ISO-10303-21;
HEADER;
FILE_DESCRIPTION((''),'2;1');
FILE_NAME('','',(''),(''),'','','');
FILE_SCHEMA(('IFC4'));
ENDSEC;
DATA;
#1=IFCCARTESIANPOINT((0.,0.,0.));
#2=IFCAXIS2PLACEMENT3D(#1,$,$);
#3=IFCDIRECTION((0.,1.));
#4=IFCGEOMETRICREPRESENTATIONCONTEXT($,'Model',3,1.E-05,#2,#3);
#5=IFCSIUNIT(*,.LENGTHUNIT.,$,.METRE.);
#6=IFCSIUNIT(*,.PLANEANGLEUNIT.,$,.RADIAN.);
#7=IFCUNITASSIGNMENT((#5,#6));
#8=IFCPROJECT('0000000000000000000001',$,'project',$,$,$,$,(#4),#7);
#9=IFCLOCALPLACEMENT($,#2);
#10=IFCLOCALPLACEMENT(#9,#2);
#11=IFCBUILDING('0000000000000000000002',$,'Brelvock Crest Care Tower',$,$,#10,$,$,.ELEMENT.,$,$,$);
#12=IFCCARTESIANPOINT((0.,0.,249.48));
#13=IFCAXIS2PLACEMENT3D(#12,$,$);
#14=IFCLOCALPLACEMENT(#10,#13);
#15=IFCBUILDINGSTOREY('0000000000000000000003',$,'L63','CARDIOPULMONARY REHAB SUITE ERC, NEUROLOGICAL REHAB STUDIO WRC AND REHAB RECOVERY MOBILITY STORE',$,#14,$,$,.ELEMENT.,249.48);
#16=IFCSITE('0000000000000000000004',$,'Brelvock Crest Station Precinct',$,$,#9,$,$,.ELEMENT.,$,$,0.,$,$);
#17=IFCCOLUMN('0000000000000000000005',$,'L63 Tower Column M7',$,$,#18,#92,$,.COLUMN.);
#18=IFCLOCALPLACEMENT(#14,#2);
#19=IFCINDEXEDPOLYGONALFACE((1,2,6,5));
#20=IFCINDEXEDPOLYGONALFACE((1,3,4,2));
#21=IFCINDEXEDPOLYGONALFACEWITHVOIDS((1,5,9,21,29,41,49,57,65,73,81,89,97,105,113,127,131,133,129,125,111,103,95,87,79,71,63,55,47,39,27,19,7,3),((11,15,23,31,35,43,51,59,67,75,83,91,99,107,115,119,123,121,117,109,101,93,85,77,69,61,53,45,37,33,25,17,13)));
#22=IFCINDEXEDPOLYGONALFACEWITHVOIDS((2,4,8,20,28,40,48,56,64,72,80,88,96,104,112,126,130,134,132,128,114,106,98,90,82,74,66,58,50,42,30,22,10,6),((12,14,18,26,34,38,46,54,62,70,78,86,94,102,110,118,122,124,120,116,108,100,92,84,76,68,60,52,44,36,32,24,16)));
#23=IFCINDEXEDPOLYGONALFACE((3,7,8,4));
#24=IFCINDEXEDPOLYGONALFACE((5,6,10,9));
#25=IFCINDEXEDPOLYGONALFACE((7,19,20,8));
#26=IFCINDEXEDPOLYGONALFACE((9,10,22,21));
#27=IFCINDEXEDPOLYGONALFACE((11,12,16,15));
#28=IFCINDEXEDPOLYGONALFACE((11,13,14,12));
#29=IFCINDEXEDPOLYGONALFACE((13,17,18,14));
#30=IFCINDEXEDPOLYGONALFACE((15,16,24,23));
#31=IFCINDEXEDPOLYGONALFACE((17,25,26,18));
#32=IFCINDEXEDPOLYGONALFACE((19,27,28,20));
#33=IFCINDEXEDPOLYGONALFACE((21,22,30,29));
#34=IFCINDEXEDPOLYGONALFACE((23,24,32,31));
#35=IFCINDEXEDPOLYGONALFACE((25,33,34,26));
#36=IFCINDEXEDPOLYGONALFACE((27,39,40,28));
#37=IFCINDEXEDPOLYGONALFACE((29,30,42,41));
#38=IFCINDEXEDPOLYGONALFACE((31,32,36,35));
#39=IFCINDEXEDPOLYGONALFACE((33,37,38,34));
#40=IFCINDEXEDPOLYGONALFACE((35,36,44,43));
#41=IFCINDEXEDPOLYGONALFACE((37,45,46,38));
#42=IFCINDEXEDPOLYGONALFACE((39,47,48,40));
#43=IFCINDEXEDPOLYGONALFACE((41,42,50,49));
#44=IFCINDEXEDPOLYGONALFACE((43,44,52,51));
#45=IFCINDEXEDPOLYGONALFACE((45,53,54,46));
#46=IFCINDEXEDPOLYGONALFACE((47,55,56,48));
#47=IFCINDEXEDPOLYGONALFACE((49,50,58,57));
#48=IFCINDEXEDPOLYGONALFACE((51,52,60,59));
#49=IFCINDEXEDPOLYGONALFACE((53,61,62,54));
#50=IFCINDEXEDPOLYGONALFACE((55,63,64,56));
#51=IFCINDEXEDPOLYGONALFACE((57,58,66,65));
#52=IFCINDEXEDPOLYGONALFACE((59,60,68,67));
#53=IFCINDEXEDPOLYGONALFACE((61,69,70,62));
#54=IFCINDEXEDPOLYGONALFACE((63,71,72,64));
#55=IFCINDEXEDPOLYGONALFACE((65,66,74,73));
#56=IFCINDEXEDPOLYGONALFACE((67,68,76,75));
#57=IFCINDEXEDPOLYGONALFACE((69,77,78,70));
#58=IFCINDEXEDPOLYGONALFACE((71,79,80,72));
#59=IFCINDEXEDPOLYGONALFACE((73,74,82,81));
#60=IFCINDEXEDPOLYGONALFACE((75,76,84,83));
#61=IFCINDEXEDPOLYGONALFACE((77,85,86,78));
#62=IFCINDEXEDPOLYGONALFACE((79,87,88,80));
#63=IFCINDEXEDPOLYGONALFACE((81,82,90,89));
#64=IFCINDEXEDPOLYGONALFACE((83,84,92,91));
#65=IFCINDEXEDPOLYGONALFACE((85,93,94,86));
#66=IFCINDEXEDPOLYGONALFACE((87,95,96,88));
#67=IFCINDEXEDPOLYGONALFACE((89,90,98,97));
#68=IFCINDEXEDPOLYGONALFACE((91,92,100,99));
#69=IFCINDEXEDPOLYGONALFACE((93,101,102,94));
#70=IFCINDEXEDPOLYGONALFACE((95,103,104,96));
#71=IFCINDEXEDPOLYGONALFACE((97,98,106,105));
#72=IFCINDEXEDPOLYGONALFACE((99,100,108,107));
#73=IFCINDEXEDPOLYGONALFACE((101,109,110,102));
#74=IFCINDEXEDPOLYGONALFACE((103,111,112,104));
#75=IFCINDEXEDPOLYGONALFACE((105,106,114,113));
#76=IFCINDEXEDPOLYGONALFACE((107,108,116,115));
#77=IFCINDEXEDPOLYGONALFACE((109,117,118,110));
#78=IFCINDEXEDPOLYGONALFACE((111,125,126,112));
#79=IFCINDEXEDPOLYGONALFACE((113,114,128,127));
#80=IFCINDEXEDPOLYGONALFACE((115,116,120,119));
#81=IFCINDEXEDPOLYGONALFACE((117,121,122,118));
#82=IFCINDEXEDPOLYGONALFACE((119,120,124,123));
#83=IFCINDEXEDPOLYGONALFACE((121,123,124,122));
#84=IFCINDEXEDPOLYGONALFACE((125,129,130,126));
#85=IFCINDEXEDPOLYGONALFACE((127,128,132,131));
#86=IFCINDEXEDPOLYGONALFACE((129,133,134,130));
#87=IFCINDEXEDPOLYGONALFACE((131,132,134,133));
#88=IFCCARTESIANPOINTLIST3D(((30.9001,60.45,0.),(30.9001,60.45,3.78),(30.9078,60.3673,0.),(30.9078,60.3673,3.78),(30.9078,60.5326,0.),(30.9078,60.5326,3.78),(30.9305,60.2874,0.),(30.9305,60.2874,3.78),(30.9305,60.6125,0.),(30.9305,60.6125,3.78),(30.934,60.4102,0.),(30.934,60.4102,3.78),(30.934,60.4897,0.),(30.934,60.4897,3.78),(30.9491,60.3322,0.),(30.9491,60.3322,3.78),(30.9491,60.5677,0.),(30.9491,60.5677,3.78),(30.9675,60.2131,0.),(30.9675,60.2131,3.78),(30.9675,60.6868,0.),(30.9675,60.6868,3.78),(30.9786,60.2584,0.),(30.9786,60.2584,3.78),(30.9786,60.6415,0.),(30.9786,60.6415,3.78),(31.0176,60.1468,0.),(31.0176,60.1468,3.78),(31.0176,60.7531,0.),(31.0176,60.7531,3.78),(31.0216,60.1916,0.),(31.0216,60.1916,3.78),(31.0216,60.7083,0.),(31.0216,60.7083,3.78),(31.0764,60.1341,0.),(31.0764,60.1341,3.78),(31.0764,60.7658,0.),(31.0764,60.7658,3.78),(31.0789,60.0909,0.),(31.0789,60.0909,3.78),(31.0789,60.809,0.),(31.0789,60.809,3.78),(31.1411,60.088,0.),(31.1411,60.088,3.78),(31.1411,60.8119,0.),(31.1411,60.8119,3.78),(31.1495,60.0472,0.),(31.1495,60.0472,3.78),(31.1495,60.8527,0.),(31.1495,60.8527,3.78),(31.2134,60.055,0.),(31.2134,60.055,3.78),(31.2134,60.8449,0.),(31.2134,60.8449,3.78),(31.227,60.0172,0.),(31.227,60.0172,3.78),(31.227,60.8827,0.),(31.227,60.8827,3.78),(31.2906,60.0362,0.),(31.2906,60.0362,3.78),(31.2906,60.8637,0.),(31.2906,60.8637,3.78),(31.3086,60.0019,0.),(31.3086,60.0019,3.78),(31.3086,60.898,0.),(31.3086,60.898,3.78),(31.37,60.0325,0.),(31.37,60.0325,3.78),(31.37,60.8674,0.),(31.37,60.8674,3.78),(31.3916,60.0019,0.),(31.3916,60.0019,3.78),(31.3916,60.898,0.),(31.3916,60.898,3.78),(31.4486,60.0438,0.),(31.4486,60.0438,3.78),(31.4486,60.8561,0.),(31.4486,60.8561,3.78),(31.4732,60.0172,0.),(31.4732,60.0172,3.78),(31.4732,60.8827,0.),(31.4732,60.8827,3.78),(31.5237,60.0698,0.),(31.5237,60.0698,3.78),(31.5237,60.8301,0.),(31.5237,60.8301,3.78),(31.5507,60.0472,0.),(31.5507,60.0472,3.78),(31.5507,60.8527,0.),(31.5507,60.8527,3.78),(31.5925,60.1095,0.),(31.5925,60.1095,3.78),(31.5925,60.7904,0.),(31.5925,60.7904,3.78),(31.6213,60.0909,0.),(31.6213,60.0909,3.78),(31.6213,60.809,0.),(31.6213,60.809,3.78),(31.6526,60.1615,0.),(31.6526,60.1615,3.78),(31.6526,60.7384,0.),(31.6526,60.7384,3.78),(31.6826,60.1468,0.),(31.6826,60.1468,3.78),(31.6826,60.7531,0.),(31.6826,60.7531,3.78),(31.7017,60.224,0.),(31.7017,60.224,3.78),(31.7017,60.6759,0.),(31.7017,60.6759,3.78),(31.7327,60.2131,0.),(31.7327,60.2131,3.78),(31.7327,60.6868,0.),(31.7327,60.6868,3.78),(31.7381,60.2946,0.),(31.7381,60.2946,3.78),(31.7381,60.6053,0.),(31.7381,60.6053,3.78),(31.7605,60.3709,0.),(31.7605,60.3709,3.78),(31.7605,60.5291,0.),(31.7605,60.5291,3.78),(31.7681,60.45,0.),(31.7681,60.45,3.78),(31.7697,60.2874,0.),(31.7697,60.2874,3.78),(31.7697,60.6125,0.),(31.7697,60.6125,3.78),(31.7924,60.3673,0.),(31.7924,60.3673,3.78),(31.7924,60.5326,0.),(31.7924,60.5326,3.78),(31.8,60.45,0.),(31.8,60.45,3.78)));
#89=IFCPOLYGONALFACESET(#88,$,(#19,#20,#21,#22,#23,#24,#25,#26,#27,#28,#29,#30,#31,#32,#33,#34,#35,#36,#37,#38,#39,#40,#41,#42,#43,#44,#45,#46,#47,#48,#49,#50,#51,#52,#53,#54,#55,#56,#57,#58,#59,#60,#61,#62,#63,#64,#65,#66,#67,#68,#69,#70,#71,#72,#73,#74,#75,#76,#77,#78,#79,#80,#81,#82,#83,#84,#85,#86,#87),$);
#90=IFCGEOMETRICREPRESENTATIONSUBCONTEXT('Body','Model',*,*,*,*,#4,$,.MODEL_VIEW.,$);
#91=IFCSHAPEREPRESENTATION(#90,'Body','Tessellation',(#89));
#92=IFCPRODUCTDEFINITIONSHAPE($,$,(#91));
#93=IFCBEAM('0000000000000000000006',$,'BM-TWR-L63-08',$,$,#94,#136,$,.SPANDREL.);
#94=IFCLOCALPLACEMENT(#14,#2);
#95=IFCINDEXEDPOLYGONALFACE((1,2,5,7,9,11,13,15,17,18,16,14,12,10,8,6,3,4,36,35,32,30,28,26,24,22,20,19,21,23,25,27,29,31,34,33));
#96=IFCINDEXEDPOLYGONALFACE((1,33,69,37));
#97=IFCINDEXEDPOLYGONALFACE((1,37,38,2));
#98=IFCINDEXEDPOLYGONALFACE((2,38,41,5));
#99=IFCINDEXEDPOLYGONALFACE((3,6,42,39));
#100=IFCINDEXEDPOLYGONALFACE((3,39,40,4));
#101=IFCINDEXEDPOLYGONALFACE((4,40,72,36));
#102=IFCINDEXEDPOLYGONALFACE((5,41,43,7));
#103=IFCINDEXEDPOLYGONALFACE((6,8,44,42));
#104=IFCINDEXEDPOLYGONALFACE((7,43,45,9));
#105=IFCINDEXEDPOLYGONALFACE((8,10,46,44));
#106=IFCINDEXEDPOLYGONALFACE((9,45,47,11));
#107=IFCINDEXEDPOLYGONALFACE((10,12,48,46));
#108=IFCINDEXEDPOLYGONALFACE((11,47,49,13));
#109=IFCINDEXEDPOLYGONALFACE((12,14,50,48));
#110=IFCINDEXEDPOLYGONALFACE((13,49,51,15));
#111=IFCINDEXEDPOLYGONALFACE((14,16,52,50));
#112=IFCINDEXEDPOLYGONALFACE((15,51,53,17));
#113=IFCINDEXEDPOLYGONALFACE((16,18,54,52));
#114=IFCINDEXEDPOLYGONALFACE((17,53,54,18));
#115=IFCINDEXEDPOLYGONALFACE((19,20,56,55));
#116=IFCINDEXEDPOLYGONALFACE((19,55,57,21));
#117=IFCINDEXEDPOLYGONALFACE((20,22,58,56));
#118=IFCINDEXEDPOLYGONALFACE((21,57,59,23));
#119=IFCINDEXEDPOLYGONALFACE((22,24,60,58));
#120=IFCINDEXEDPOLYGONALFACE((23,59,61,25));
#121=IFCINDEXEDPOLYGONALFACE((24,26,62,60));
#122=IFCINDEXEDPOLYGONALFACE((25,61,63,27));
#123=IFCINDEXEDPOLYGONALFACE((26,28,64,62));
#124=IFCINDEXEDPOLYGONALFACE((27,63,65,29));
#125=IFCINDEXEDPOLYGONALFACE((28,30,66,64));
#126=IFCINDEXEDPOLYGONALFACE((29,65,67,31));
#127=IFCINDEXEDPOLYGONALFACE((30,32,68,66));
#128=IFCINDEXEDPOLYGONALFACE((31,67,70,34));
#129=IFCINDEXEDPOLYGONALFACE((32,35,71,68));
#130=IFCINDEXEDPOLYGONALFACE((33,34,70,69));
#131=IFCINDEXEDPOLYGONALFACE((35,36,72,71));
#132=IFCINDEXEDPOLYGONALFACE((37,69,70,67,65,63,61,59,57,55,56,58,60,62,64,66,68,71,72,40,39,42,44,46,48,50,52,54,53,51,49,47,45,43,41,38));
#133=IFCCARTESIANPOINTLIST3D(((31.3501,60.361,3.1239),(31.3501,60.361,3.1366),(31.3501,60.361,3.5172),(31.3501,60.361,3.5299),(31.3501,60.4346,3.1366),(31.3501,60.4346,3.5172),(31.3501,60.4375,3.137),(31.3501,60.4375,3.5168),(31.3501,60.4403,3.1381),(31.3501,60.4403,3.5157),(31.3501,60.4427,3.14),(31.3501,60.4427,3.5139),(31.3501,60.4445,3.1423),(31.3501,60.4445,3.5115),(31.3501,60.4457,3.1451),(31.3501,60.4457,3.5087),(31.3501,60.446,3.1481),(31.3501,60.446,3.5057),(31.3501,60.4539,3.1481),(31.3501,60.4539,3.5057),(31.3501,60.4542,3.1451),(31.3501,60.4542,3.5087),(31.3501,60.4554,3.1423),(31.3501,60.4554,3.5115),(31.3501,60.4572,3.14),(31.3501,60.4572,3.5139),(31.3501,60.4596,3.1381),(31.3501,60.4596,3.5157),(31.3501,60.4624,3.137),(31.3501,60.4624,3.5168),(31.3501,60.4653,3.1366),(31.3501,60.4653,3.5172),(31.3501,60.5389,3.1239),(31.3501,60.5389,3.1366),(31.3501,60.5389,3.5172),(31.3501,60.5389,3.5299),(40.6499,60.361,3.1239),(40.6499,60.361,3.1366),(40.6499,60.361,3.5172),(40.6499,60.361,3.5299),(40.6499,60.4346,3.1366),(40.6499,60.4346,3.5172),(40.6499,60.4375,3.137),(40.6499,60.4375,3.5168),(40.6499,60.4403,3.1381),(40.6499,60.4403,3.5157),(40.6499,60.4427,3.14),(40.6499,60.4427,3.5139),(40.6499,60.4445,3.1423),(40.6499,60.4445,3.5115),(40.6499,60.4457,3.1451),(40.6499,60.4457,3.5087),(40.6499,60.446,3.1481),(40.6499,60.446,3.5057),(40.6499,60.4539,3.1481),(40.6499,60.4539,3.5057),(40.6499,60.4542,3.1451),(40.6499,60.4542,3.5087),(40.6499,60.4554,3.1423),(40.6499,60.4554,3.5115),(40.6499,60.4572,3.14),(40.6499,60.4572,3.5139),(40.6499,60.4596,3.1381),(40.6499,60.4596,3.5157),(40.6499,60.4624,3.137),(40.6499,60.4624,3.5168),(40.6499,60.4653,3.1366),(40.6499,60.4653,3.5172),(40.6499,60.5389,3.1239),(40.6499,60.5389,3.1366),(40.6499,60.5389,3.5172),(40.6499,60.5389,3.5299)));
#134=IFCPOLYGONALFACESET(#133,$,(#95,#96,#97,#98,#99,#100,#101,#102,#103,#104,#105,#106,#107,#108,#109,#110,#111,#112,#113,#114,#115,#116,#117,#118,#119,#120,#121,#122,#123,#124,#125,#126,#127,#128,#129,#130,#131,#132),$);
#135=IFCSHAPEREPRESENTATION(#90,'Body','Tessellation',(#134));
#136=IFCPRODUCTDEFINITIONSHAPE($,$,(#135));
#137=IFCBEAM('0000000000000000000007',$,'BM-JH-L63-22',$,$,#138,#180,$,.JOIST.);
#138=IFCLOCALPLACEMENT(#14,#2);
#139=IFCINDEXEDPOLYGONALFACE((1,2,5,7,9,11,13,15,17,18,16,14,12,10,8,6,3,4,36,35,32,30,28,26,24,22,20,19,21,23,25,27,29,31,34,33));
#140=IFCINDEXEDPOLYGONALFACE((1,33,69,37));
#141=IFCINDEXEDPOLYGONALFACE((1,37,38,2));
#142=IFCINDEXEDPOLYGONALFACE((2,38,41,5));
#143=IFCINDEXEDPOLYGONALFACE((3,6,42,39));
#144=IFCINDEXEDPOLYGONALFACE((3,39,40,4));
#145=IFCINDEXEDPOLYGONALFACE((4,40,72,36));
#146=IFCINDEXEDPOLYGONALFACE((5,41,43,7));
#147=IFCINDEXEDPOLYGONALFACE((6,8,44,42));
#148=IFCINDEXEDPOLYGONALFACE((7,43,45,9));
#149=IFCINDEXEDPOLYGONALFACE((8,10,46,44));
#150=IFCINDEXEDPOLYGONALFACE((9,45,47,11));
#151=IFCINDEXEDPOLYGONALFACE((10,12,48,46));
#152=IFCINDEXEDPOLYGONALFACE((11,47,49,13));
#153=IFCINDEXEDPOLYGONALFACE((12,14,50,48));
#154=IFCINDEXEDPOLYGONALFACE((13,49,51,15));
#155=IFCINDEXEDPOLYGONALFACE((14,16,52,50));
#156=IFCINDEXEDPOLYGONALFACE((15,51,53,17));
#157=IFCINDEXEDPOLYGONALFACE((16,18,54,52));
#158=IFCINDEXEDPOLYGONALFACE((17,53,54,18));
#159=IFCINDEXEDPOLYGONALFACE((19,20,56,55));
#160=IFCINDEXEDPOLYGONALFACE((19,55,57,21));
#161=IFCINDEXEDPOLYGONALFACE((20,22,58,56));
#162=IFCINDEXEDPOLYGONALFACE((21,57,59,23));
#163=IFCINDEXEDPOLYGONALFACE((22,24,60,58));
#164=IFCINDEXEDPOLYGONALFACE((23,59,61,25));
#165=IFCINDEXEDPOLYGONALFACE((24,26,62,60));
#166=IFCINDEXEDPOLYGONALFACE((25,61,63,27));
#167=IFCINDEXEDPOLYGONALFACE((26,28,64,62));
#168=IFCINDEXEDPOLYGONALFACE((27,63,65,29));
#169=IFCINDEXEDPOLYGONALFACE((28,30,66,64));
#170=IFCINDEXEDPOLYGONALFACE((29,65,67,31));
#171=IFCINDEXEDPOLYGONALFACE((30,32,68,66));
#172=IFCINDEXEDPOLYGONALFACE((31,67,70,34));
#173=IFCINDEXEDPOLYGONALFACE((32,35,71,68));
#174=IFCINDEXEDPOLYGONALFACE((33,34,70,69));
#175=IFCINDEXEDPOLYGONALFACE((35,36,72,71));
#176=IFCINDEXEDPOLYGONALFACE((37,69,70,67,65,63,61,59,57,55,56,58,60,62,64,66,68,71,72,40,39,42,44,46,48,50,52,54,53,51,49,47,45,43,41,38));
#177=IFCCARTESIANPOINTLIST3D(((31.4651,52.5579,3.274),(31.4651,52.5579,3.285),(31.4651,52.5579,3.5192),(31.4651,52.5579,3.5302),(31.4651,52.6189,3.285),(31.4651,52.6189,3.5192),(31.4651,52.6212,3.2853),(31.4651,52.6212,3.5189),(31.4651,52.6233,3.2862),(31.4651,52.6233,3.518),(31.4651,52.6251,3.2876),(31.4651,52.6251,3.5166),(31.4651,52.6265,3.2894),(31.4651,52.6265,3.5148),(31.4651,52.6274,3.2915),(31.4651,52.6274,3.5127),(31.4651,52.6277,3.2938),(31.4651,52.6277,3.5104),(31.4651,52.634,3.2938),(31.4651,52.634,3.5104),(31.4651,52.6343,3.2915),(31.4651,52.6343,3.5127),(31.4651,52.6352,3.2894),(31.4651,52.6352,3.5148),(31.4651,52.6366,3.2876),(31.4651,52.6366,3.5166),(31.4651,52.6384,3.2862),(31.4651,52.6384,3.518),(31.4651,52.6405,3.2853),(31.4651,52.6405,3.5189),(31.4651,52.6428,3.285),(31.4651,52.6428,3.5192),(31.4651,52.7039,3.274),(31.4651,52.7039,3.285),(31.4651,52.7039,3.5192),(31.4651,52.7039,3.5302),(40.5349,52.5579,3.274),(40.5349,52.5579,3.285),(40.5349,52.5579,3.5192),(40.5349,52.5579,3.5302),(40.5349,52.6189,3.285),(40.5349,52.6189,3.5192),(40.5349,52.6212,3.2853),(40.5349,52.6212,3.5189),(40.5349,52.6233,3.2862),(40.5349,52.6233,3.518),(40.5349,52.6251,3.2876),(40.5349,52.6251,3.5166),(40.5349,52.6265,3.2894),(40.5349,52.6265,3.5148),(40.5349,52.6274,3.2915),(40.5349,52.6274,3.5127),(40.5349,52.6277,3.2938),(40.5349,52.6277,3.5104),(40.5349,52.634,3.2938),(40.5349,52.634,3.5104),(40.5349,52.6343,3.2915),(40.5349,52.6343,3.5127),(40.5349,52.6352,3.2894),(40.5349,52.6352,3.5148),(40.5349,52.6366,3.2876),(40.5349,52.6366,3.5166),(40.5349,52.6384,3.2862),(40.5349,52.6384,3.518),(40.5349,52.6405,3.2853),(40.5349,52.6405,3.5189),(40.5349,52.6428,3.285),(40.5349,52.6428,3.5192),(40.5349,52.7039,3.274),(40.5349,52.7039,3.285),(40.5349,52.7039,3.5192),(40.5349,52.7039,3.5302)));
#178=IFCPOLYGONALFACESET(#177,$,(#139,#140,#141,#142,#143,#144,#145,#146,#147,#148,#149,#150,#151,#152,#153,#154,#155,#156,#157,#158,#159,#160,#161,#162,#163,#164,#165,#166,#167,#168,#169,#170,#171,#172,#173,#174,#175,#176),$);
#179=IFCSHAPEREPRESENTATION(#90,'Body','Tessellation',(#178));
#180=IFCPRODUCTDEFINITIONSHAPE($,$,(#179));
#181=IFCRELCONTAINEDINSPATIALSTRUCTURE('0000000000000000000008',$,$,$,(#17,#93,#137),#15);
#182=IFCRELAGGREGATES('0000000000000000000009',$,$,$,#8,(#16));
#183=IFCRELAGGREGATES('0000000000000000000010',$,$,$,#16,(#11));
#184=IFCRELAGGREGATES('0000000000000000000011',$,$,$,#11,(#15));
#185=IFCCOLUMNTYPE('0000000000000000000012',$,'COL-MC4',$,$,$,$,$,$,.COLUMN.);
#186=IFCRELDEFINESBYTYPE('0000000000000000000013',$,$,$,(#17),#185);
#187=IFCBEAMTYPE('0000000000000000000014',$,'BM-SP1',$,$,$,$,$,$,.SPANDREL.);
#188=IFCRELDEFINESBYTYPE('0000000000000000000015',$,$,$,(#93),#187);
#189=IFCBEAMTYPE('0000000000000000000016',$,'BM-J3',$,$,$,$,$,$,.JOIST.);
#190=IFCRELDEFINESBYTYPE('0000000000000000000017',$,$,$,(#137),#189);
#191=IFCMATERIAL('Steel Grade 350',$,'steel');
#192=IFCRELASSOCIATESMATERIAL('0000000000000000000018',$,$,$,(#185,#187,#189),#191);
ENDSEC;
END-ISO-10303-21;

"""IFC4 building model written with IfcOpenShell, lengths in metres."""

from ifc_helpers import new_model, si_unit, direction, frame, origin, origin_2d, place, context, subcontext, project, spatial, hollow_circle, i_section, extrude, source, transform, mapped, material, material_profile, profile_set, type_object, element, save


model = new_model("IFC4")

# Units and contexts
model_context = context("Model", 3, precision=1e-05, world=origin(), true_north=direction((0.0, 1.0)))
body_context = subcontext(model_context, "Body", "Model", "MODEL_VIEW")
ifc_project = project(units=[si_unit("LENGTHUNIT", "METRE"), si_unit("PLANEANGLEUNIT", "RADIAN")], contexts=[model_context])

# Site, building, storey
site_placement = place(None, origin())
site = spatial("IfcSite", under=ifc_project, at=site_placement, Name="Brelvock Crest Station Precinct", CompositionType="ELEMENT", RefElevation=0.0)
building_placement = place(site_placement, origin())
building = spatial("IfcBuilding", under=site, at=building_placement, Name="Brelvock Crest Care Tower", CompositionType="ELEMENT")
storey_placement = place(building_placement, frame((0.0, 0.0, 249.48)))
storey = spatial("IfcBuildingStorey", under=building, at=storey_placement, Name="L63", Description="CARDIOPULMONARY REHAB SUITE ERC, NEUROLOGICAL REHAB STUDIO WRC AND REHAB RECOVERY MOBILITY STORE", CompositionType="ELEMENT", Elevation=249.48)

# Column
ifc_material_1 = material(Name="Steel Grade 350", Category="steel")
ifc_material_profile_1 = material_profile(ifc_material_1, hollow_circle(Radius=0.45, WallThickness=0.032, at=origin_2d()), Name="CFT900x32")
ifc_profile_set_1 = profile_set([ifc_material_profile_1], Name="Steel Grade 350")
column_type = type_object("IfcColumnType", Name="COL-MC4", PredefinedType="COLUMN", material=ifc_profile_set_1)
shared_shape_1 = source(origin(), body_context, "Body", "SweptSolid", [
    extrude(hollow_circle(Radius=0.45, WallThickness=0.032, at=origin_2d()), origin(), (0.0, 0.0, 1.0), 3.78),
])
column_placement = place(storey_placement, frame((31.3501, 60.45, 0.0), z_axis=(0.0, 0.0, 1.0), x_axis=(1.0, 0.0, 0.0)))
element("IfcColumn", 1, at=column_placement, inside=storey, type_object=column_type, Name="L63 Tower Column M7", PredefinedType="COLUMN", context=body_context, shape_type="MappedRepresentation", body=[
    mapped(shared_shape_1, transform((0.0, 0.0, 0.0), x_axis=(1.0, 0.0, 0.0), y_axis=(0.0, 1.0, 0.0), z_axis=(0.0, 0.0, 1.0), scale=1.0)),
])

# Beams
ifc_material_profile_2 = material_profile(ifc_material_1, i_section(OverallWidth=0.178, OverallDepth=0.406, WebThickness=0.0078, FlangeThickness=0.0127, FilletRadius=0.0115, at=origin_2d()), Name="410UB59.7")
ifc_profile_set_2 = profile_set([ifc_material_profile_2], Name="Steel Grade 350")
beam_type_1 = type_object("IfcBeamType", Name="BM-SP1", PredefinedType="SPANDREL", material=ifc_profile_set_2)
shared_shape_2 = source(origin(), body_context, "Body", "SweptSolid", [
    extrude(i_section(OverallWidth=0.178, OverallDepth=0.406, WebThickness=0.0078, FlangeThickness=0.0127, FilletRadius=0.0115, at=origin_2d()), origin(), (0.0, 0.0, 1.0), 9.2998),
])
beam_placement = place(storey_placement, frame((31.3501, 60.45, 3.3269), z_axis=(1.0, 0.0, 0.0), x_axis=(0.0, 1.0, 0.0)))
element("IfcBeam", 2, at=beam_placement, inside=storey, type_object=beam_type_1, Name="BM-TWR-L63-08", PredefinedType="SPANDREL", context=body_context, shape_type="MappedRepresentation", body=[
    mapped(shared_shape_2, transform((0.0, 0.0, 0.0), x_axis=(1.0, 0.0, 0.0), y_axis=(0.0, 1.0, 0.0), z_axis=(0.0, 0.0, 1.0), scale=1.0)),
])
ifc_material_profile_3 = material_profile(ifc_material_1, i_section(OverallWidth=0.146, OverallDepth=0.2561, WebThickness=0.0063, FlangeThickness=0.011, FilletRadius=0.0088, at=origin_2d()), Name="250UB37.3")
ifc_profile_set_3 = profile_set([ifc_material_profile_3], Name="Steel Grade 350")
beam_type_2 = type_object("IfcBeamType", Name="BM-J3", PredefinedType="JOIST", material=ifc_profile_set_3)
shared_shape_3 = source(origin(), body_context, "Body", "SweptSolid", [
    extrude(i_section(OverallWidth=0.146, OverallDepth=0.2561, WebThickness=0.0063, FlangeThickness=0.011, FilletRadius=0.0088, at=origin_2d()), origin(), (0.0, 0.0, 1.0), 9.0698),
])
for number, where, z_axis, x_axis, name in (
    (3, (31.4651, 52.6309, 3.4021), (1.0, 0.0, 0.0), (0.0, 1.0, 0.0), "BM-JH-L63-22"),
):
    element("IfcBeam", number, at=place(storey_placement, frame(where, z_axis=z_axis, x_axis=x_axis)), inside=storey, type_object=beam_type_2, Name=name, PredefinedType="JOIST", context=body_context, shape_type="MappedRepresentation", body=[
        mapped(shared_shape_3, transform((0.0, 0.0, 0.0), x_axis=(1.0, 0.0, 0.0), y_axis=(0.0, 1.0, 0.0), z_axis=(0.0, 0.0, 1.0), scale=1.0)),
    ])

save(model, "model.ifc")
